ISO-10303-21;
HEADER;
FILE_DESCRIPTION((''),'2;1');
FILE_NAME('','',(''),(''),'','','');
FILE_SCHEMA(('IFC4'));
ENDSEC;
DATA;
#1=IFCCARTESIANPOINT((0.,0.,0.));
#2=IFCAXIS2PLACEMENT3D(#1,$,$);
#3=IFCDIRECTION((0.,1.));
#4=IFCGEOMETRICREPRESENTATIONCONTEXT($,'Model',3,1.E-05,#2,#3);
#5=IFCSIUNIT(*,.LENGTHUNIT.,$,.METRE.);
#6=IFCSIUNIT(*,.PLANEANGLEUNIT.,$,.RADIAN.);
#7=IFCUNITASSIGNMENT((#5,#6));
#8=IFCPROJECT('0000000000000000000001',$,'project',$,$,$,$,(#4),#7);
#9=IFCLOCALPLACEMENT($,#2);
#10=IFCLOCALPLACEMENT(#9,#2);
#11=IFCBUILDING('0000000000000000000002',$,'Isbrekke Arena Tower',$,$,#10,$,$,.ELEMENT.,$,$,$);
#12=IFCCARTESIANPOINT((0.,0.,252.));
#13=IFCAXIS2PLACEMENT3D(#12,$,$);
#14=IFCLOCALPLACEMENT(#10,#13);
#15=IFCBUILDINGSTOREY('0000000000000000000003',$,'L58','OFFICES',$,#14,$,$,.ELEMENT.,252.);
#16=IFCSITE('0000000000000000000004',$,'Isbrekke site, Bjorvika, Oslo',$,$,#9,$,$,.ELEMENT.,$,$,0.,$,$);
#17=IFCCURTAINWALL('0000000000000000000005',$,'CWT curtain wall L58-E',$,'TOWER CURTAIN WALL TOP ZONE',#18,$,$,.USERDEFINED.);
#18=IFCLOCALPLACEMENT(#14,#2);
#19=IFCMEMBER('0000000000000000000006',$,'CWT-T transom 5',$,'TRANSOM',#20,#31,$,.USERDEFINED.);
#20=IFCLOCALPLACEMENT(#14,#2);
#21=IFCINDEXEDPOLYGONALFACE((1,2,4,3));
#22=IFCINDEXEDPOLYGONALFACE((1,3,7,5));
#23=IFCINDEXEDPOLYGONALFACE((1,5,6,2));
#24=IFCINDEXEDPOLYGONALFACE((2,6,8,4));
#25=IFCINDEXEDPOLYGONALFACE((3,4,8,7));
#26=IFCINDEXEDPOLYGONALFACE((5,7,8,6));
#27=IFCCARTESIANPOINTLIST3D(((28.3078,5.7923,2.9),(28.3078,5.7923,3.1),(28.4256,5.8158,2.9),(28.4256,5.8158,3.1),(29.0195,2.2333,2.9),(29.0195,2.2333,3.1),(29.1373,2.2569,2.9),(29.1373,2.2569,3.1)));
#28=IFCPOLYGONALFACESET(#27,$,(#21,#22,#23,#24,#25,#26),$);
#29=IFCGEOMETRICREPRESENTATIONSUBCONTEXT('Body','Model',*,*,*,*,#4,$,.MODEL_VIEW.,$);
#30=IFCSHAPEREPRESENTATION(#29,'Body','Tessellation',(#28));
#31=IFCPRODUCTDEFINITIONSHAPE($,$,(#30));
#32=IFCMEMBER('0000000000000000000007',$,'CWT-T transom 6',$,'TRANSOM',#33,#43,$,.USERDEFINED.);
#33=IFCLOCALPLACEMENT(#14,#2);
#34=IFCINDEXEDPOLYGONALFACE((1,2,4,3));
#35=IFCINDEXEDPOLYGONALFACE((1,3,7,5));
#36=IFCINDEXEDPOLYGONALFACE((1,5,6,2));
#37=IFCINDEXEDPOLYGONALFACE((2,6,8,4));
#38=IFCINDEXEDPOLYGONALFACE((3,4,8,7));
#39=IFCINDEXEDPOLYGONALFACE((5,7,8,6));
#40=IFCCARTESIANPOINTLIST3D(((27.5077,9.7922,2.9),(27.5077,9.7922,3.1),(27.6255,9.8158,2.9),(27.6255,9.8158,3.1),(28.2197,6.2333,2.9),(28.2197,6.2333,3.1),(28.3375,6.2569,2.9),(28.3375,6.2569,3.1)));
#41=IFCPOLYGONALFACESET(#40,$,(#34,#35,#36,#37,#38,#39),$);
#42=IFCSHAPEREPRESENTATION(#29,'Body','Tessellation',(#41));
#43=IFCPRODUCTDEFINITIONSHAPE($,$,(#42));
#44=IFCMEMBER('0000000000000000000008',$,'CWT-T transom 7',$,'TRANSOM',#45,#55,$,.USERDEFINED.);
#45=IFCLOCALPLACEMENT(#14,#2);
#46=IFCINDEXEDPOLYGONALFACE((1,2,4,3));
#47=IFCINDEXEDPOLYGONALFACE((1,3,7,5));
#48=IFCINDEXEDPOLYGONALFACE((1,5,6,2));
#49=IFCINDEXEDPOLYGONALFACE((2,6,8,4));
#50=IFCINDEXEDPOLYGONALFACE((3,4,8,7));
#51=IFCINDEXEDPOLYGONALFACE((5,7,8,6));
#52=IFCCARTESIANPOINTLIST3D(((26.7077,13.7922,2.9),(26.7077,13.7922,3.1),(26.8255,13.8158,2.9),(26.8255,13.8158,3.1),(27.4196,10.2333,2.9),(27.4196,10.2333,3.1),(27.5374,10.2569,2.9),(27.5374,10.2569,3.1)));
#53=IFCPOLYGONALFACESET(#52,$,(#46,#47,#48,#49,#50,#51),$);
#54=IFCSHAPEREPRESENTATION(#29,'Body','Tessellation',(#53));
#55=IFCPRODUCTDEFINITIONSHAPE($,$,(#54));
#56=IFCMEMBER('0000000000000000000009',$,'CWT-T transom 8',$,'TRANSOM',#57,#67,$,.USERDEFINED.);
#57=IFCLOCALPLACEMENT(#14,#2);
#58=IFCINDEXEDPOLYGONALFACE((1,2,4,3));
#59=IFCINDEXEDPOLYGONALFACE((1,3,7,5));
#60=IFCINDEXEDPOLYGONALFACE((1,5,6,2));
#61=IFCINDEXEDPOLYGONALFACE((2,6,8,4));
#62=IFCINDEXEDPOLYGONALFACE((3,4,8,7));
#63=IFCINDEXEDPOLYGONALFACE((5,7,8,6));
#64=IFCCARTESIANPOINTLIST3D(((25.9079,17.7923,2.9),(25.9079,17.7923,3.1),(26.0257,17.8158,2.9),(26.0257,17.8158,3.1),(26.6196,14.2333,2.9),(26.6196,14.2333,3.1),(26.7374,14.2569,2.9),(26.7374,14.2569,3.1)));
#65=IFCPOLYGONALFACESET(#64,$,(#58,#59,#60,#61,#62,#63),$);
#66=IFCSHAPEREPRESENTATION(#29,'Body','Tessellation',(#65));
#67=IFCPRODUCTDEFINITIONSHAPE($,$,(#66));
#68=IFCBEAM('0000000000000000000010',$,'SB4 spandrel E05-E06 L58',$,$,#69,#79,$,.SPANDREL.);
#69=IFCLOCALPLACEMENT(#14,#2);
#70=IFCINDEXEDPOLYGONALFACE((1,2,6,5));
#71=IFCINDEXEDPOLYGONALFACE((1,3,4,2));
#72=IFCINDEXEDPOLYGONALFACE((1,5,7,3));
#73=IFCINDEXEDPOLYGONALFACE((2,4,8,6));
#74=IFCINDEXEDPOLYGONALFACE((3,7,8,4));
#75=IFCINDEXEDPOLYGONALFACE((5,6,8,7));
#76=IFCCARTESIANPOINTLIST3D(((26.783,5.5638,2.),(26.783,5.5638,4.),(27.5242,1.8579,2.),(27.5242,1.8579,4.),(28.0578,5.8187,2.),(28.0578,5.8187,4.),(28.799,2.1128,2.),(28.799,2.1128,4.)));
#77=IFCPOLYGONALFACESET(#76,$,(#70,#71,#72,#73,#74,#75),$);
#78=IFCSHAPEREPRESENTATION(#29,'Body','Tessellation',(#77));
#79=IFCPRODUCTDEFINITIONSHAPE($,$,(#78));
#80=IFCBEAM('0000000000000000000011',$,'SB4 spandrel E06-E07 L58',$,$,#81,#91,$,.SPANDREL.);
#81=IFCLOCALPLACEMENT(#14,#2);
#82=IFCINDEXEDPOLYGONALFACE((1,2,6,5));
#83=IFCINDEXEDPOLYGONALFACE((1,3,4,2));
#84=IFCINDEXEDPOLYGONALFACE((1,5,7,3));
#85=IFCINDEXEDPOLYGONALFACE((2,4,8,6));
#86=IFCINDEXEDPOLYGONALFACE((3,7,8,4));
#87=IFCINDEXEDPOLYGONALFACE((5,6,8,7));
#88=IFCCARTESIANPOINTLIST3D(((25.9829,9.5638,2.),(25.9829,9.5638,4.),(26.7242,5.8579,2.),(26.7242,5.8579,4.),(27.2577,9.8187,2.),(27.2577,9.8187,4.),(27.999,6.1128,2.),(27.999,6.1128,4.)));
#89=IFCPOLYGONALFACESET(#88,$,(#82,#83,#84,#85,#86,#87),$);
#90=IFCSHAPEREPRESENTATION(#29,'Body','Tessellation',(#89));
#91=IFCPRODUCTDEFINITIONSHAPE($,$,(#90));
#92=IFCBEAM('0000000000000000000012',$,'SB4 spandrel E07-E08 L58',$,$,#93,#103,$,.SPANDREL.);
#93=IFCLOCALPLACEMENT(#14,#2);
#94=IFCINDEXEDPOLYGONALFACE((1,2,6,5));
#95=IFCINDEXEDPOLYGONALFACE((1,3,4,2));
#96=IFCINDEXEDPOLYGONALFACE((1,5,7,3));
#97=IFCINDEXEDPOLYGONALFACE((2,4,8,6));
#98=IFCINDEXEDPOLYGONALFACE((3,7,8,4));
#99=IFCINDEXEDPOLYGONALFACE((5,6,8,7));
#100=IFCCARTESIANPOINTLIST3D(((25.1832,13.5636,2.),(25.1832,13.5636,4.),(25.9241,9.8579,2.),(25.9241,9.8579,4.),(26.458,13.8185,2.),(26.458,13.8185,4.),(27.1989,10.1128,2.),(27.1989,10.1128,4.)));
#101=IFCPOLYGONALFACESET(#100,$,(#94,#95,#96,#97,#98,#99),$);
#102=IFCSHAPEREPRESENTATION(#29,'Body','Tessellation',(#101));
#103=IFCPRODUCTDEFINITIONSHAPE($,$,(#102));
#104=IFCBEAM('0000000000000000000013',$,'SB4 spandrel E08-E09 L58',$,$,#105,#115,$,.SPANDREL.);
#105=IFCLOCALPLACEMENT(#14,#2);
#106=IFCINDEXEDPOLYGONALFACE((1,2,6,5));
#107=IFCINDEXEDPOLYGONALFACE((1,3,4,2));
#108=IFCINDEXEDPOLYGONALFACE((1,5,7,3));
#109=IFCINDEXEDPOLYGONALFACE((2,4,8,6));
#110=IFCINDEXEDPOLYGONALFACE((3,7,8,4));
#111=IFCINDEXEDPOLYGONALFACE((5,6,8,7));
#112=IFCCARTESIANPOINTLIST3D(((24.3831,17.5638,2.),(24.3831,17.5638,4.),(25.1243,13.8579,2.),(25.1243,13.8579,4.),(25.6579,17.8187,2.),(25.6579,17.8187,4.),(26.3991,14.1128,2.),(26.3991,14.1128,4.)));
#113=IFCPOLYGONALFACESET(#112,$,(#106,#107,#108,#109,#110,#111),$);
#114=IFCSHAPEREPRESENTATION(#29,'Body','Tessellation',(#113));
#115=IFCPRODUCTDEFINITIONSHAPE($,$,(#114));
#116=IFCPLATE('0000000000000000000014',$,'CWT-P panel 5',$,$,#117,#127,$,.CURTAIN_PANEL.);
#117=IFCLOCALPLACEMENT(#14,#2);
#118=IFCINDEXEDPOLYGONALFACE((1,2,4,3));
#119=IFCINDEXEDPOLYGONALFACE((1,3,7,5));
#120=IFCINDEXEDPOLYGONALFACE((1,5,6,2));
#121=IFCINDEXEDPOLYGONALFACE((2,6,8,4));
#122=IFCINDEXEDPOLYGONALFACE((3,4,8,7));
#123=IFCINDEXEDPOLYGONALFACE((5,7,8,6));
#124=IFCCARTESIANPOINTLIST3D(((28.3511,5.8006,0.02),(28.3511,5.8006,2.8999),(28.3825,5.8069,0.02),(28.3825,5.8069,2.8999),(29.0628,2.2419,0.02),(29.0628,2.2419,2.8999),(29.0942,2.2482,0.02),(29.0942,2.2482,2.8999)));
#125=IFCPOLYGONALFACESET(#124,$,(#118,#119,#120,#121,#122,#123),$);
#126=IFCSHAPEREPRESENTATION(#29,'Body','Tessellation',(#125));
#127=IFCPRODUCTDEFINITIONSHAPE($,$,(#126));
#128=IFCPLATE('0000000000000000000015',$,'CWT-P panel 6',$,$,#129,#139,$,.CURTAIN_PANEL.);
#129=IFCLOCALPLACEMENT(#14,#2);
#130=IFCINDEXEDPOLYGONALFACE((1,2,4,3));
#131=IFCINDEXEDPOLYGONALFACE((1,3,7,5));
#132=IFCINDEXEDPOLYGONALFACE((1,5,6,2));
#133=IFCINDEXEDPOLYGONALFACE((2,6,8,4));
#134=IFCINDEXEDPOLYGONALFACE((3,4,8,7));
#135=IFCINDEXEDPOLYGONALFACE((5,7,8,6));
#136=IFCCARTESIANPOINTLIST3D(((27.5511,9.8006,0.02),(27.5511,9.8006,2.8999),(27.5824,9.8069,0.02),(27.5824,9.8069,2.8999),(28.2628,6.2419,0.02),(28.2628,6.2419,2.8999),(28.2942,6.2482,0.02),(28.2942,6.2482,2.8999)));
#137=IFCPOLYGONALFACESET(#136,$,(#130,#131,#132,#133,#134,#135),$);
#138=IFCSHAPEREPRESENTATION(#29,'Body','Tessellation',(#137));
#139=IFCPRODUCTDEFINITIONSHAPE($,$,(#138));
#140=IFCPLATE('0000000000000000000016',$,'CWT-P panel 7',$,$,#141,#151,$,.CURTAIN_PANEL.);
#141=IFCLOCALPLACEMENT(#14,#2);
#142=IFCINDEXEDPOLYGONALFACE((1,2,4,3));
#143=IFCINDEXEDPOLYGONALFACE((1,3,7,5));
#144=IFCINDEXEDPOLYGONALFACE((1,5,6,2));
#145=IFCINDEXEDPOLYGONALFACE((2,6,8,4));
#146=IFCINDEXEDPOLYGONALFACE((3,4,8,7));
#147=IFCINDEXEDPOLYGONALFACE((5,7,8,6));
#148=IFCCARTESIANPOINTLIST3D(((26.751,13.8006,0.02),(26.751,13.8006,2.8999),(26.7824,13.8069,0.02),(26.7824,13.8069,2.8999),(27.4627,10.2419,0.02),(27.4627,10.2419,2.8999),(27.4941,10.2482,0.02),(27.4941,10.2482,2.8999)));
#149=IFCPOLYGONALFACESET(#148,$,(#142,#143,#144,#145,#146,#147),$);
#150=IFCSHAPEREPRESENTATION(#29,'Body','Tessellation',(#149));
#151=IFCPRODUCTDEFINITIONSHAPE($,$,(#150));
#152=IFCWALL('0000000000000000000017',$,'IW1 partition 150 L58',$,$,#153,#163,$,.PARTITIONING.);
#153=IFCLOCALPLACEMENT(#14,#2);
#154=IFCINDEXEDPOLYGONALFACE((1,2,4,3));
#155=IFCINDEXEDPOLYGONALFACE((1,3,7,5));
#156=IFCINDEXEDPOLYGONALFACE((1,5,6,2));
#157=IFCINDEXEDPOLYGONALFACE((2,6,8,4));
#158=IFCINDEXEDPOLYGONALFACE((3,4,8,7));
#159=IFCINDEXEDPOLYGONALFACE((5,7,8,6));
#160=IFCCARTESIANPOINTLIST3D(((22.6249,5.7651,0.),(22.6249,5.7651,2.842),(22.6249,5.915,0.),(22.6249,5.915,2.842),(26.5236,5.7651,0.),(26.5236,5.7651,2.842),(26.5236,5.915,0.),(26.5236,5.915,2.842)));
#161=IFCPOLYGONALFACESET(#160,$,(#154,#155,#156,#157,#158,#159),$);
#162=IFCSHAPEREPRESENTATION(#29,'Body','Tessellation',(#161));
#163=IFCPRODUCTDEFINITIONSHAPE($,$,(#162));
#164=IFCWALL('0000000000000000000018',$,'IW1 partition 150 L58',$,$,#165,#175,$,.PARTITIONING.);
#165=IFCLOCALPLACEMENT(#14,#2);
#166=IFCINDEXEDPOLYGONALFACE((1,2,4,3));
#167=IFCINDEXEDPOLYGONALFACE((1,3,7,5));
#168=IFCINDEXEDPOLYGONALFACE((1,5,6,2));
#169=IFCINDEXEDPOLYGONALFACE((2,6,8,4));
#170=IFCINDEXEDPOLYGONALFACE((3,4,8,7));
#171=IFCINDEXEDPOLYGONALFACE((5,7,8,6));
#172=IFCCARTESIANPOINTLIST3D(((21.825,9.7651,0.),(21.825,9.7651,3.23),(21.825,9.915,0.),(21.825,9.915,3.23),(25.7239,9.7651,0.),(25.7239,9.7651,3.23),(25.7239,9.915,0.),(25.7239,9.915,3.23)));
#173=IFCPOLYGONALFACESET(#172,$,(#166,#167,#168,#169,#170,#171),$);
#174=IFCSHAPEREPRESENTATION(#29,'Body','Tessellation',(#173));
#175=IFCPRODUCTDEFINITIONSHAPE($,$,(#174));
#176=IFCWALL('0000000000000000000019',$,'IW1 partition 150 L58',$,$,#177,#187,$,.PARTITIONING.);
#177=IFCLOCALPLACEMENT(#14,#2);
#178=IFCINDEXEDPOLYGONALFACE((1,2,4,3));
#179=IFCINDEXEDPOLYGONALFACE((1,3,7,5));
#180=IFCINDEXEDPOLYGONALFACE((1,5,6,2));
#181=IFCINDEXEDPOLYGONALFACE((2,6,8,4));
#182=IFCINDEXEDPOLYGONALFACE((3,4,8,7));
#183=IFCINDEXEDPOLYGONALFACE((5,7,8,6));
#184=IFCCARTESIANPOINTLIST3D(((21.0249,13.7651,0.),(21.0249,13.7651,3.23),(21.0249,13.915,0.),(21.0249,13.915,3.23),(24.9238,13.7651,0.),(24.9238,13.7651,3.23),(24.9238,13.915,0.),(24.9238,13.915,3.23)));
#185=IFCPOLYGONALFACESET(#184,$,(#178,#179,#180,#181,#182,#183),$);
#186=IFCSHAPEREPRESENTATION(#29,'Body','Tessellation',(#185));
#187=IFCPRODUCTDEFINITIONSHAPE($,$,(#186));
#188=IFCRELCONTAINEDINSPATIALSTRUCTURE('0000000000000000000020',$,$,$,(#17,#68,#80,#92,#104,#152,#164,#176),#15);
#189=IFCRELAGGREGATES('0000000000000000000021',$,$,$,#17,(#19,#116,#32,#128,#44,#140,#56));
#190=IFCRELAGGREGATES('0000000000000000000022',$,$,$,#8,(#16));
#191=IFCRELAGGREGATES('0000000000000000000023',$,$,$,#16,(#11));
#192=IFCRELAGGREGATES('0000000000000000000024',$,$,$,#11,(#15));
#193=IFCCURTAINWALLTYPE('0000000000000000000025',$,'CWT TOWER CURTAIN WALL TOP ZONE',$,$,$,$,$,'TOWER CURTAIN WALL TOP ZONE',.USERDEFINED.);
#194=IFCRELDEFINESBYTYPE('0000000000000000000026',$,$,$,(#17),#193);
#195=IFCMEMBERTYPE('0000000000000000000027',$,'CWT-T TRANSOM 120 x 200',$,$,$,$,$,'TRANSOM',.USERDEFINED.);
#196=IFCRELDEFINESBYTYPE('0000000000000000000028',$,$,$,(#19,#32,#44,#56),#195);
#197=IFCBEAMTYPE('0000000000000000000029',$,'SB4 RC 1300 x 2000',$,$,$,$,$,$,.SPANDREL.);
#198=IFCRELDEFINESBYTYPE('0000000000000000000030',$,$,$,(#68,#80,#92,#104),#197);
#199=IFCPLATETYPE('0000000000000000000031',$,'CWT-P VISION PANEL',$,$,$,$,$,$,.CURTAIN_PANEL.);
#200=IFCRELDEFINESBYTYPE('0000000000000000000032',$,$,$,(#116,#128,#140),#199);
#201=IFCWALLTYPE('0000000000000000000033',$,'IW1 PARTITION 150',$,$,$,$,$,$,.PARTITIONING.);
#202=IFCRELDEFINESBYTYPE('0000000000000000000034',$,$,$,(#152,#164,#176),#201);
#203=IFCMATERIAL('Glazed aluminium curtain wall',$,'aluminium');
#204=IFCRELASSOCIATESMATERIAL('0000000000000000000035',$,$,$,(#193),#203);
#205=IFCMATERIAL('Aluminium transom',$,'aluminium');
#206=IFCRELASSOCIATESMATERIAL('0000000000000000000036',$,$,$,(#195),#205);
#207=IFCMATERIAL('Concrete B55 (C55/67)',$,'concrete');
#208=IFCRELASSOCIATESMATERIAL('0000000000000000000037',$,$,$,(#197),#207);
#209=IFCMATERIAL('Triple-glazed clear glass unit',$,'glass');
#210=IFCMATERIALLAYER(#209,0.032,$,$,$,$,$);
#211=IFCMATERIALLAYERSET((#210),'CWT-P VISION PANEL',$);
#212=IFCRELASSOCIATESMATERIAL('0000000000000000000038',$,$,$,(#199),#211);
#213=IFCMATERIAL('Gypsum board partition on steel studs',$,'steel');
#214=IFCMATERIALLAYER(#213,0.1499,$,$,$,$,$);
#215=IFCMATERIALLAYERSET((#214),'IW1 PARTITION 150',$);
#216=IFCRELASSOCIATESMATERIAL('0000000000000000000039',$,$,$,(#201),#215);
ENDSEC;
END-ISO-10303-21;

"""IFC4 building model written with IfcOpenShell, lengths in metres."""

from ifc_helpers import new_model, si_unit, direction, frame, frame_2d, origin, origin_2d, place, context, subcontext, project, spatial, rectangle, extrude, material, layer, layer_set, material_profile, profile_set, type_object, element, aggregate, save


model = new_model("IFC4")

# Units and contexts
model_context = context("Model", 3, precision=1e-05, world=origin(), true_north=direction((0.0, 1.0)))
body_context = subcontext(model_context, "Body", "Model", "MODEL_VIEW")
ifc_project = project(units=[si_unit("LENGTHUNIT", "METRE"), si_unit("PLANEANGLEUNIT", "RADIAN")], contexts=[model_context])

# Site, building, storey
site_placement = place(None, origin())
site = spatial("IfcSite", under=ifc_project, at=site_placement, Name="Isbrekke site, Bjorvika, Oslo", CompositionType="ELEMENT", RefElevation=0.0)
building_placement = place(site_placement, origin())
building = spatial("IfcBuilding", under=site, at=building_placement, Name="Isbrekke Arena Tower", CompositionType="ELEMENT")
storey_placement = place(building_placement, frame((0.0, 0.0, 252.0)))
storey = spatial("IfcBuildingStorey", under=building, at=storey_placement, Name="L58", Description="OFFICES", CompositionType="ELEMENT", Elevation=252.0)

# Curtain wall, members
ifc_material_1 = material(Name="Glazed aluminium curtain wall", Category="aluminium")
curtain_wall_type = type_object("IfcCurtainWallType", Name="CWT TOWER CURTAIN WALL TOP ZONE", ElementType="TOWER CURTAIN WALL TOP ZONE", PredefinedType="USERDEFINED", material=ifc_material_1)
curtain_wall_placement = place(storey_placement, origin())
curtain_wall = element("IfcCurtainWall", 1, at=curtain_wall_placement, inside=storey, type_object=curtain_wall_type, Name="CWT curtain wall L58-E", ObjectType="TOWER CURTAIN WALL TOP ZONE", PredefinedType="USERDEFINED")
ifc_material_2 = material(Name="Aluminium transom", Category="aluminium")
ifc_material_profile_1 = material_profile(ifc_material_2, rectangle(XDim=0.1201, YDim=0.2, at=origin_2d()), Name="TRANSOM 120X200")
ifc_profile_set_1 = profile_set([ifc_material_profile_1], Name="Aluminium transom")
member_type_1 = type_object("IfcMemberType", Name="CWT-T TRANSOM 120 x 200", ElementType="TRANSOM", PredefinedType="USERDEFINED", material=ifc_profile_set_1)
member_1_placement = place(storey_placement, frame((29.0784, 2.2451, 3.0), z_axis=(-0.19609, 0.980586, 0.0), x_axis=(-0.980586, -0.19609, 0.0)))
member_1 = element("IfcMember", 2, at=member_1_placement, type_object=member_type_1, Name="CWT-T transom 5", ObjectType="TRANSOM", PredefinedType="USERDEFINED", context=body_context, shape_type="SweptSolid", body=[
    extrude(rectangle(XDim=0.1201, YDim=0.2, at=origin_2d()), origin(), (0.0, 0.0, 1.0), 3.6294),
])
member_2_placement = place(storey_placement, frame((28.2786, 6.2451, 3.0), z_axis=(-0.196155, 0.980573, 0.0), x_axis=(-0.980573, -0.196155, 0.0)))
member_2 = element("IfcMember", 3, at=member_2_placement, type_object=member_type_1, Name="CWT-T transom 6", ObjectType="TRANSOM", PredefinedType="USERDEFINED", context=body_context, shape_type="SweptSolid", body=[
    extrude(rectangle(XDim=0.1201, YDim=0.2, at=origin_2d()), origin(), (0.0, 0.0, 1.0), 3.6294),
])
member_3_placement = place(storey_placement, frame((27.4785, 10.2451, 3.0), z_axis=(-0.196155, 0.980573, 0.0), x_axis=(-0.980573, -0.196155, 0.0)))
member_3 = element("IfcMember", 4, at=member_3_placement, type_object=member_type_1, Name="CWT-T transom 7", ObjectType="TRANSOM", PredefinedType="USERDEFINED", context=body_context, shape_type="SweptSolid", body=[
    extrude(rectangle(XDim=0.1201, YDim=0.2, at=origin_2d()), origin(), (0.0, 0.0, 1.0), 3.6294),
])
member_4_placement = place(storey_placement, frame((26.6785, 14.2451, 3.0), z_axis=(-0.19609, 0.980586, 0.0), x_axis=(-0.980586, -0.19609, 0.0)))
member_4 = element("IfcMember", 5, at=member_4_placement, type_object=member_type_1, Name="CWT-T transom 8", ObjectType="TRANSOM", PredefinedType="USERDEFINED", context=body_context, shape_type="SweptSolid", body=[
    extrude(rectangle(XDim=0.1201, YDim=0.2, at=origin_2d()), origin(), (0.0, 0.0, 1.0), 3.6294),
])

# Beams
ifc_material_3 = material(Name="Concrete B55 (C55/67)", Category="concrete")
ifc_material_profile_2 = material_profile(ifc_material_3, rectangle(XDim=1.3, YDim=2.0, at=origin_2d()), Name="RC 1300x2000")
ifc_profile_set_2 = profile_set([ifc_material_profile_2], Name="Concrete B55 (C55/67)")
beam_type_1 = type_object("IfcBeamType", Name="SB4 RC 1300 x 2000", PredefinedType="SPANDREL", material=ifc_profile_set_2)
for number, where, z_axis, x_axis, name in (
    (6, (28.1616, 1.9854, 3.0), (-0.196129, 0.980578, 0.0), (-0.980578, -0.196129, 0.0), "SB4 spandrel E05-E06 L58"),
    (7, (27.3616, 5.9854, 3.0), (-0.196129, 0.980578, 0.0), (-0.980578, -0.196129, 0.0), "SB4 spandrel E06-E07 L58"),
):
    element("IfcBeam", number, at=place(storey_placement, frame(where, z_axis=z_axis, x_axis=x_axis)), inside=storey, type_object=beam_type_1, Name=name, PredefinedType="SPANDREL", context=body_context, shape_type="SweptSolid", body=[
        extrude(rectangle(XDim=1.3, YDim=2.0, at=origin_2d()), origin(), (0.0, 0.0, 1.0), 3.7793),
    ])
beam_1_placement = place(storey_placement, frame((26.5615, 9.9854, 3.0), z_axis=(-0.196066, 0.980591, 0.0), x_axis=(-0.980591, -0.196066, 0.0)))
element("IfcBeam", 8, at=beam_1_placement, inside=storey, type_object=beam_type_1, Name="SB4 spandrel E07-E08 L58", PredefinedType="SPANDREL", context=body_context, shape_type="SweptSolid", body=[
    extrude(rectangle(XDim=1.3, YDim=2.0, at=origin_2d()), origin(), (0.0, 0.0, 1.0), 3.7791),
])
beam_2_placement = place(storey_placement, frame((25.7617, 13.9854, 3.0), z_axis=(-0.196129, 0.980578, 0.0), x_axis=(-0.980578, -0.196129, 0.0)))
element("IfcBeam", 9, at=beam_2_placement, inside=storey, type_object=beam_type_1, Name="SB4 spandrel E08-E09 L58", PredefinedType="SPANDREL", context=body_context, shape_type="SweptSolid", body=[
    extrude(rectangle(XDim=1.3, YDim=2.0, at=origin_2d()), origin(), (0.0, 0.0, 1.0), 3.7793),
])

# Plates
ifc_material_4 = material(Name="Triple-glazed clear glass unit", Category="glass")
ifc_layer_1 = layer(ifc_material_4, 0.032)
ifc_layer_set_1 = layer_set([ifc_layer_1], Name="CWT-P VISION PANEL")
plate_type = type_object("IfcPlateType", Name="CWT-P VISION PANEL", PredefinedType="CURTAIN_PANEL", material=ifc_layer_set_1)
plate_1_placement = place(storey_placement, frame((28.7227, 4.0244, 0.02), z_axis=(0.0, 0.0, 1.0), x_axis=(-0.196116, 0.980581, 0.0)))
plate_1 = element("IfcPlate", 10, at=plate_1_placement, type_object=plate_type, Name="CWT-P panel 5", PredefinedType="CURTAIN_PANEL", context=body_context, shape_type="SweptSolid", body=[
    extrude(rectangle(XDim=3.6292, YDim=0.032, at=origin_2d()), origin(), (0.0, 0.0, 1.0), 2.8799),
])
plate_2_placement = place(storey_placement, frame((27.9226, 8.0244, 0.02), z_axis=(0.0, 0.0, 1.0), x_axis=(-0.196116, 0.980581, 0.0)))
plate_2 = element("IfcPlate", 11, at=plate_2_placement, type_object=plate_type, Name="CWT-P panel 6", PredefinedType="CURTAIN_PANEL", context=body_context, shape_type="SweptSolid", body=[
    extrude(rectangle(XDim=3.6292, YDim=0.032, at=origin_2d()), origin(), (0.0, 0.0, 1.0), 2.8799),
])
plate_3_placement = place(storey_placement, frame((27.1226, 12.0244, 0.02), z_axis=(0.0, 0.0, 1.0), x_axis=(-0.196116, 0.980581, 0.0)))
plate_3 = element("IfcPlate", 12, at=plate_3_placement, type_object=plate_type, Name="CWT-P panel 7", PredefinedType="CURTAIN_PANEL", context=body_context, shape_type="SweptSolid", body=[
    extrude(rectangle(XDim=3.6292, YDim=0.032, at=origin_2d()), origin(), (0.0, 0.0, 1.0), 2.8799),
])
aggregate(curtain_wall, [member_1, plate_1, member_2, plate_2, member_3, plate_3, member_4])

# Walls
ifc_material_5 = material(Name="Gypsum board partition on steel studs", Category="steel")
ifc_layer_2 = layer(ifc_material_5, 0.1499)
ifc_layer_set_2 = layer_set([ifc_layer_2], Name="IW1 PARTITION 150")
wall_type = type_object("IfcWallType", Name="IW1 PARTITION 150", PredefinedType="PARTITIONING", material=ifc_layer_set_2)
wall_1_placement = place(storey_placement, frame((22.625, 5.8401, 0.0), z_axis=(0.0, 0.0, 1.0), x_axis=(1.0, 0.0, 0.0)))
element("IfcWall", 13, at=wall_1_placement, inside=storey, type_object=wall_type, Name="IW1 partition 150 L58", PredefinedType="PARTITIONING", context=body_context, shape_type="SweptSolid", body=[
    extrude(rectangle(XDim=3.8987, YDim=0.1499, at=frame_2d((1.9492, 0.0))), origin(), (0.0, 0.0, 1.0), 2.842),
])
for number, where, z_axis, x_axis, name in (
    (14, (21.825, 9.8401, 0.0), (0.0, 0.0, 1.0), (1.0, 0.0, 0.0), "IW1 partition 150 L58"),
    (15, (21.0249, 13.8401, 0.0), (0.0, 0.0, 1.0), (1.0, 0.0, 0.0), "IW1 partition 150 L58"),
):
    element("IfcWall", number, at=place(storey_placement, frame(where, z_axis=z_axis, x_axis=x_axis)), inside=storey, type_object=wall_type, Name=name, PredefinedType="PARTITIONING", context=body_context, shape_type="SweptSolid", body=[
        extrude(rectangle(XDim=3.8989, YDim=0.1499, at=frame_2d((1.9495, 0.0))), origin(), (0.0, 0.0, 1.0), 3.23),
    ])

save(model, "model.ifc")
